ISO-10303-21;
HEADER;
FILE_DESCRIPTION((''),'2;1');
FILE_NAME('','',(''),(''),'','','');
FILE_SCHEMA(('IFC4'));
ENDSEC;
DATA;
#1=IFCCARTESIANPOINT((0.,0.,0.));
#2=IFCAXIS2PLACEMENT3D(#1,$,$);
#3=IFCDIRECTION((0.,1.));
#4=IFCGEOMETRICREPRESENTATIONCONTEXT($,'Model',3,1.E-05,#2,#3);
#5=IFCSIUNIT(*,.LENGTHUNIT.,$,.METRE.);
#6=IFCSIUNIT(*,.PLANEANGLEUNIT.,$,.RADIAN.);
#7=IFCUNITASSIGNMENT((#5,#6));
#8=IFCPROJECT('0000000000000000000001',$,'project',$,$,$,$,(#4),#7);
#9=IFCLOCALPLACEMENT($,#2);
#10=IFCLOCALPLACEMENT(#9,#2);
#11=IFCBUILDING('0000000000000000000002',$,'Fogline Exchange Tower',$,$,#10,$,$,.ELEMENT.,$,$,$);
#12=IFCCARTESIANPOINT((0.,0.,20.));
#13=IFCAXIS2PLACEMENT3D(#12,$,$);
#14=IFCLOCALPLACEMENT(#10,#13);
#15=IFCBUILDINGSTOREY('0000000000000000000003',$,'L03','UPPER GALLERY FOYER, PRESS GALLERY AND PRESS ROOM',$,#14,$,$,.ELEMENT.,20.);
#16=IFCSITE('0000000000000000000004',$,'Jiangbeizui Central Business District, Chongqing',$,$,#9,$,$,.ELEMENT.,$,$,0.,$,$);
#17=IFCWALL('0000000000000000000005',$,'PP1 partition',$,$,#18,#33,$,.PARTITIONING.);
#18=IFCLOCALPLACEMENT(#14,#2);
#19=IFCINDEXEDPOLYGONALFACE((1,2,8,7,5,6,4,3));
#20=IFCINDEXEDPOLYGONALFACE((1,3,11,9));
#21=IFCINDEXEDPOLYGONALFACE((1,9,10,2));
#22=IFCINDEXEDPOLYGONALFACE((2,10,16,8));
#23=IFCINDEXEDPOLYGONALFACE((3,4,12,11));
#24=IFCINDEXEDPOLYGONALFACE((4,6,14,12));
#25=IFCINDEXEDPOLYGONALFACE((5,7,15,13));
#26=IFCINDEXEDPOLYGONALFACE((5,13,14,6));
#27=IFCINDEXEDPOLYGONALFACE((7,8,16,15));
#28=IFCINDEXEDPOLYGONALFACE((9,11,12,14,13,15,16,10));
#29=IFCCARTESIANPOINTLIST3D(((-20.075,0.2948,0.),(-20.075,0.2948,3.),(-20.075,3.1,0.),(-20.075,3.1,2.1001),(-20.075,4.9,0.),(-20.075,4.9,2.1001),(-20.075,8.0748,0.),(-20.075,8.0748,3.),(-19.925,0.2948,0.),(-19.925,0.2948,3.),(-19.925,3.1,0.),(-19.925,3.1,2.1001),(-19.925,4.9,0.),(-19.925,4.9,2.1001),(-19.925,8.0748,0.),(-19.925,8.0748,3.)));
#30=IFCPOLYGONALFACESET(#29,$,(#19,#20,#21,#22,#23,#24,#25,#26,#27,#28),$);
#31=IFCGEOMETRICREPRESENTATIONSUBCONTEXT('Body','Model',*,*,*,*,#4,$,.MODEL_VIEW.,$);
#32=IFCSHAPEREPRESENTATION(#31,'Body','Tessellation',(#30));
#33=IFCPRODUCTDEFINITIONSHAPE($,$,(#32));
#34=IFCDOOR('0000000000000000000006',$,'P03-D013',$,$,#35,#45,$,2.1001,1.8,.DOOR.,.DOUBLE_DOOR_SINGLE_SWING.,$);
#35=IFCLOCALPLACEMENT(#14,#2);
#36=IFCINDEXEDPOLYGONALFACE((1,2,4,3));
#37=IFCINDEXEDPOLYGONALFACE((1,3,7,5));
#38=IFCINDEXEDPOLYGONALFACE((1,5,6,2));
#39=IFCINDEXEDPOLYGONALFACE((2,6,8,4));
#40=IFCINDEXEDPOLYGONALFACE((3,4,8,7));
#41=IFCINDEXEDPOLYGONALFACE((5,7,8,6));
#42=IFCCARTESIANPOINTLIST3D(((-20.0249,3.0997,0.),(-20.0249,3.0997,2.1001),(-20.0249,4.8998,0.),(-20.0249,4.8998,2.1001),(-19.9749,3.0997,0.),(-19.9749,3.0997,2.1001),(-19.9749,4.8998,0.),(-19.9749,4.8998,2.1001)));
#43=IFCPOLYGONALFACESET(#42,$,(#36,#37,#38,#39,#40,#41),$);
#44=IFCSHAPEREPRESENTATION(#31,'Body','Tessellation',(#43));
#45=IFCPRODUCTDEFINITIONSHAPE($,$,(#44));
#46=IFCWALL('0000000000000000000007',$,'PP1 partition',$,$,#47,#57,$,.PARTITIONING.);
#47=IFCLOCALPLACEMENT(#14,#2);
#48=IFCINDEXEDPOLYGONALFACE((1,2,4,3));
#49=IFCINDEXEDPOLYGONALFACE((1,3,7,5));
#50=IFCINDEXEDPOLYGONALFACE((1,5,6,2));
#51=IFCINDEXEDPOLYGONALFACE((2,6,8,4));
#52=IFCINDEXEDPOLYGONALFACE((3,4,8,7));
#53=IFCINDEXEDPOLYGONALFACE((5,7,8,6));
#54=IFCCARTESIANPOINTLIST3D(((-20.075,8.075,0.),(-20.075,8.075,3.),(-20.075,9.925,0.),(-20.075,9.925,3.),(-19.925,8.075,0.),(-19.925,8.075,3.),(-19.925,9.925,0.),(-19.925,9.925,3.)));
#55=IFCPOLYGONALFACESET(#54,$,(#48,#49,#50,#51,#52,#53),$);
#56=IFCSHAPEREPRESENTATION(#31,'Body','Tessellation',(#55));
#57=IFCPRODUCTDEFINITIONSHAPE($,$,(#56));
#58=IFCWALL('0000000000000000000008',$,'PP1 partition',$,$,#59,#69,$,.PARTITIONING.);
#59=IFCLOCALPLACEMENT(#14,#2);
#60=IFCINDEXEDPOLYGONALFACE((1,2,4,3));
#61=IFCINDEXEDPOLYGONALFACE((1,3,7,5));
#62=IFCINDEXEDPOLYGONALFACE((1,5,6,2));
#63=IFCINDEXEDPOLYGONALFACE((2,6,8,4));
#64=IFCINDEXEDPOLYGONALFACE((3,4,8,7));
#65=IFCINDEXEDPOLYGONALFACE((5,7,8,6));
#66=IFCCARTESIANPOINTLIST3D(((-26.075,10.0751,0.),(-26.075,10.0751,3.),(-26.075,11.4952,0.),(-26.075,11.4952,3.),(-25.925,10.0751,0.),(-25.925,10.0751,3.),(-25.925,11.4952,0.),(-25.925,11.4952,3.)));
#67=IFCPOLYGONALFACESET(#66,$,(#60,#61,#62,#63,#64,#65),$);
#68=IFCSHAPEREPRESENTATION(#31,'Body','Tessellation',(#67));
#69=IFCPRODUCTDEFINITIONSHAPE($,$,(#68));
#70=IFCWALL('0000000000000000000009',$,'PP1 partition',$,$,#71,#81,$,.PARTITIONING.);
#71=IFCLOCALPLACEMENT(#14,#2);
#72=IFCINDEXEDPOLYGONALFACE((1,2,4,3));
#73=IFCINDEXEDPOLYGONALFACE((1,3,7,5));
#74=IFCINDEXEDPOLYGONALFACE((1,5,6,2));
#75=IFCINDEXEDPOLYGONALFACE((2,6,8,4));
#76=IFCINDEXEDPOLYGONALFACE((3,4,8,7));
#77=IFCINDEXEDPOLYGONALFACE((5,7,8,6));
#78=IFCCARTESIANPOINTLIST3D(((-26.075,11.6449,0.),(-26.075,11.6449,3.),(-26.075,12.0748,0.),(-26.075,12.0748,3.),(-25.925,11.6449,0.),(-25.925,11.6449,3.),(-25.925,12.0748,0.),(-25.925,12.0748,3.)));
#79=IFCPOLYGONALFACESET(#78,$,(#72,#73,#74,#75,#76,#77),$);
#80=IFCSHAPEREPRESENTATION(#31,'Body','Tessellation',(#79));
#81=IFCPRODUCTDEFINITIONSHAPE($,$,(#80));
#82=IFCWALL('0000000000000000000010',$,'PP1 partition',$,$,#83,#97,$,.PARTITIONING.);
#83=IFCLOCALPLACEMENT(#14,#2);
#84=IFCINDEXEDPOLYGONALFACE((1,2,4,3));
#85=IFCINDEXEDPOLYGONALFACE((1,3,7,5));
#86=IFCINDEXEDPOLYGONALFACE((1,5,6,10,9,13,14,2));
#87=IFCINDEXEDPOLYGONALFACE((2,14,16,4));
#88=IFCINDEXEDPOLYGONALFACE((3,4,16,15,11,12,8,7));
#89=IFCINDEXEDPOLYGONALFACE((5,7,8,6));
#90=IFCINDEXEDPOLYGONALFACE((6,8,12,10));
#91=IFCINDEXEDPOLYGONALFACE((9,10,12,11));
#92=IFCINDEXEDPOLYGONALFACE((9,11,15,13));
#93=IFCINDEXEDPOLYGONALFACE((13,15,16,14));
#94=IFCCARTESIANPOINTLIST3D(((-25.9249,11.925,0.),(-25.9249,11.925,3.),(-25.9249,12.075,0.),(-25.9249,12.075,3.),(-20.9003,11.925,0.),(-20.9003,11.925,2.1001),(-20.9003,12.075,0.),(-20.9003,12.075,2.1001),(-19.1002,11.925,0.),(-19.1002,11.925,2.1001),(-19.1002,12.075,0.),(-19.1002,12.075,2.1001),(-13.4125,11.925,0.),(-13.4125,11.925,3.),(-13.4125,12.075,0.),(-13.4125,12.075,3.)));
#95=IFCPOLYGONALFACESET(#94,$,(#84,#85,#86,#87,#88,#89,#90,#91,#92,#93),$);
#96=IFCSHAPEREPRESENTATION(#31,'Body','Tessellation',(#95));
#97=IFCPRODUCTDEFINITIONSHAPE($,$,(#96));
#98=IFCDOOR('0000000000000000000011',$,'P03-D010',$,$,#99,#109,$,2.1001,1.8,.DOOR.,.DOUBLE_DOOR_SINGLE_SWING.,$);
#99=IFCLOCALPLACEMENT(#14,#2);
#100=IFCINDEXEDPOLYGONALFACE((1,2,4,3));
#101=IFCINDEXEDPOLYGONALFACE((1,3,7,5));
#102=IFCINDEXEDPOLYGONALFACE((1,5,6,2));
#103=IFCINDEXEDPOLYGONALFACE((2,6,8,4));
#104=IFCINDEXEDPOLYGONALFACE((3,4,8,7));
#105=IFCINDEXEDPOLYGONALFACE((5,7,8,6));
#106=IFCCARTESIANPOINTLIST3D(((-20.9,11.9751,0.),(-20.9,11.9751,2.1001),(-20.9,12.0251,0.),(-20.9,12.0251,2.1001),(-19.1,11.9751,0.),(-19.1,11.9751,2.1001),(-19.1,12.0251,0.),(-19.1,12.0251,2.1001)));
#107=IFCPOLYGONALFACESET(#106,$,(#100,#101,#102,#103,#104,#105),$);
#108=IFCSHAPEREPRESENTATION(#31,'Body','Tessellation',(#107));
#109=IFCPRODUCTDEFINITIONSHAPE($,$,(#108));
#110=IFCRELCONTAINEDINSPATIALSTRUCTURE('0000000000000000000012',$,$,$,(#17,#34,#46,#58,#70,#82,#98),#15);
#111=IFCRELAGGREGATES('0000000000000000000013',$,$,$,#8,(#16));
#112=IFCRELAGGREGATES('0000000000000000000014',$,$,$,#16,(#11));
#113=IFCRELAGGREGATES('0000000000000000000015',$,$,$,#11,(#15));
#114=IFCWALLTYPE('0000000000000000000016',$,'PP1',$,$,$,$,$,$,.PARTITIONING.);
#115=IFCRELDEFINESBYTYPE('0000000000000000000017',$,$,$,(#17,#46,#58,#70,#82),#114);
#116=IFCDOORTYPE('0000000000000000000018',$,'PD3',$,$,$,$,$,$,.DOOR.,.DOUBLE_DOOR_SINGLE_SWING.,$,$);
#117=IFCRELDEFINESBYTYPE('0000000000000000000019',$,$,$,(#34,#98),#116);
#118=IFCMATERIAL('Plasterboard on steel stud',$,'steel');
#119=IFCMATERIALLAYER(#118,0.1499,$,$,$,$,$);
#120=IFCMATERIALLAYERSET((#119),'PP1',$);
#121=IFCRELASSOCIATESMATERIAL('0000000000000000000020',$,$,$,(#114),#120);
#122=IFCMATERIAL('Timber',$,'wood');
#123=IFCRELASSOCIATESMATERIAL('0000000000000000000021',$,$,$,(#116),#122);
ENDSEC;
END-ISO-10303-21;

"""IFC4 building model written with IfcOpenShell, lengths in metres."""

from ifc_helpers import new_model, si_unit, direction, frame, frame_2d, origin, place, context, subcontext, project, spatial, rectangle, extrude, material, layer, layer_set, type_object, element, fill, save


model = new_model("IFC4")

# Units and contexts
model_context = context("Model", 3, precision=1e-05, world=origin(), true_north=direction((0.0, 1.0)))
body_context = subcontext(model_context, "Body", "Model", "MODEL_VIEW")
ifc_project = project(units=[si_unit("LENGTHUNIT", "METRE"), si_unit("PLANEANGLEUNIT", "RADIAN")], contexts=[model_context])

# Site, building, storey
site_placement = place(None, origin())
site = spatial("IfcSite", under=ifc_project, at=site_placement, Name="Jiangbeizui Central Business District, Chongqing", CompositionType="ELEMENT", RefElevation=0.0)
building_placement = place(site_placement, origin())
building = spatial("IfcBuilding", under=site, at=building_placement, Name="Fogline Exchange Tower", CompositionType="ELEMENT")
storey_placement = place(building_placement, frame((0.0, 0.0, 20.0)))
storey = spatial("IfcBuildingStorey", under=building, at=storey_placement, Name="L03", Description="UPPER GALLERY FOYER, PRESS GALLERY AND PRESS ROOM", CompositionType="ELEMENT", Elevation=20.0)

# Wall, opening, door
ifc_material_1 = material(Name="Plasterboard on steel stud", Category="steel")
ifc_layer = layer(ifc_material_1, 0.1499)
ifc_layer_set = layer_set([ifc_layer], Name="PP1")
wall_type = type_object("IfcWallType", Name="PP1", PredefinedType="PARTITIONING", material=ifc_layer_set)
wall_1_placement = place(storey_placement, frame((-20.0, 8.075, 0.0), z_axis=(0.0, 0.0, 1.0), x_axis=(0.0, -1.0, 0.0)))
wall_1 = element("IfcWall", 1, at=wall_1_placement, inside=storey, type_object=wall_type, Name="PP1 partition", PredefinedType="PARTITIONING", context=body_context, shape_type="SweptSolid", body=[
    extrude(rectangle(XDim=7.78, YDim=0.1499, at=frame_2d((3.8901, 0.0))), origin(), (0.0, 0.0, 1.0), 3.0),
])
opening_1_placement = place(wall_1_placement, frame((3.175, 0.0, 0.0)))
opening_1 = element("IfcOpeningElement", 2, at=opening_1_placement, cuts=wall_1, PredefinedType="OPENING", context=body_context, shape_type="SweptSolid", body=[
    extrude(rectangle(XDim=1.8, YDim=2.1001, at=frame_2d((0.8999, 1.05))), frame((0.0, 0.085, 0.0), z_axis=(0.0, -1.0, 0.0), x_axis=(1.0, 0.0, 0.0)), (0.0, 0.0, 1.0), 0.1699),
])
ifc_material_2 = material(Name="Timber", Category="wood")
door_type = type_object("IfcDoorType", Name="PD3", OperationType="DOUBLE_DOOR_SINGLE_SWING", PredefinedType="DOOR", material=ifc_material_2)
door_1_placement = place(opening_1_placement, frame((1.8, 0.0, 0.0), z_axis=(0.0, 0.0, 1.0), x_axis=(-1.0, 0.0, 0.0)))
door_1 = element("IfcDoor", 3, at=door_1_placement, inside=storey, type_object=door_type, Name="P03-D013", OperationType="DOUBLE_DOOR_SINGLE_SWING", OverallHeight=2.1001, OverallWidth=1.8, PredefinedType="DOOR", context=body_context, shape_type="SweptSolid", body=[
    extrude(rectangle(XDim=1.8, YDim=2.1001, at=frame_2d((0.8999, 1.05))), frame((0.0, 0.0249, 0.0), z_axis=(0.0, -1.0, 0.0), x_axis=(1.0, 0.0, 0.0)), (0.0, 0.0, 1.0), 0.05),
])
fill(opening_1, door_1)

# Walls
wall_2_placement = place(storey_placement, frame((-20.0, 9.925, 0.0), z_axis=(0.0, 0.0, 1.0), x_axis=(0.0, -1.0, 0.0)))
element("IfcWall", 4, at=wall_2_placement, inside=storey, type_object=wall_type, Name="PP1 partition", PredefinedType="PARTITIONING", context=body_context, shape_type="SweptSolid", body=[
    extrude(rectangle(XDim=1.8501, YDim=0.1499, at=frame_2d((0.925, 0.0))), origin(), (0.0, 0.0, 1.0), 3.0),
])
wall_3_placement = place(storey_placement, frame((-26.0, 11.4951, 0.0), z_axis=(0.0, 0.0, 1.0), x_axis=(0.0, -1.0, 0.0)))
element("IfcWall", 5, at=wall_3_placement, inside=storey, type_object=wall_type, Name="PP1 partition", PredefinedType="PARTITIONING", context=body_context, shape_type="SweptSolid", body=[
    extrude(rectangle(XDim=1.4202, YDim=0.1499, at=frame_2d((0.71, 0.0))), origin(), (0.0, 0.0, 1.0), 3.0),
])
wall_4_placement = place(storey_placement, frame((-26.0, 11.645, 0.0), z_axis=(0.0, 0.0, 1.0), x_axis=(0.0, 1.0, 0.0)))
element("IfcWall", 6, at=wall_4_placement, inside=storey, type_object=wall_type, Name="PP1 partition", PredefinedType="PARTITIONING", context=body_context, shape_type="SweptSolid", body=[
    extrude(rectangle(XDim=0.4299, YDim=0.1499, at=frame_2d((0.2148, 0.0))), origin(), (0.0, 0.0, 1.0), 3.0),
])

# Wall, opening, door
wall_5_placement = place(storey_placement, frame((-25.925, 12.0, 0.0), z_axis=(0.0, 0.0, 1.0), x_axis=(1.0, 0.0, 0.0)))
wall_5 = element("IfcWall", 7, at=wall_5_placement, inside=storey, type_object=wall_type, Name="PP1 partition", PredefinedType="PARTITIONING", context=body_context, shape_type="SweptSolid", body=[
    extrude(rectangle(XDim=12.5125, YDim=0.1499, at=frame_2d((6.2563, 0.0))), origin(), (0.0, 0.0, 1.0), 3.0),
])
opening_2_placement = place(wall_5_placement, frame((5.0249, 0.0, 0.0)))
opening_2 = element("IfcOpeningElement", 8, at=opening_2_placement, cuts=wall_5, PredefinedType="OPENING", context=body_context, shape_type="SweptSolid", body=[
    extrude(rectangle(XDim=1.8, YDim=2.1001, at=frame_2d((0.8999, 1.05))), frame((0.0, 0.085, 0.0), z_axis=(0.0, -1.0, 0.0), x_axis=(1.0, 0.0, 0.0)), (0.0, 0.0, 1.0), 0.1699),
])
door_2_placement = place(opening_2_placement, frame((1.8, 0.0, 0.0), z_axis=(0.0, 0.0, 1.0), x_axis=(-1.0, 0.0, 0.0)))
door_2 = element("IfcDoor", 9, at=door_2_placement, inside=storey, type_object=door_type, Name="P03-D010", OperationType="DOUBLE_DOOR_SINGLE_SWING", OverallHeight=2.1001, OverallWidth=1.8, PredefinedType="DOOR", context=body_context, shape_type="SweptSolid", body=[
    extrude(rectangle(XDim=1.8, YDim=2.1001, at=frame_2d((0.8999, 1.05))), frame((0.0, 0.0249, 0.0), z_axis=(0.0, -1.0, 0.0), x_axis=(1.0, 0.0, 0.0)), (0.0, 0.0, 1.0), 0.05),
])
fill(opening_2, door_2)

save(model, "model.ifc")
